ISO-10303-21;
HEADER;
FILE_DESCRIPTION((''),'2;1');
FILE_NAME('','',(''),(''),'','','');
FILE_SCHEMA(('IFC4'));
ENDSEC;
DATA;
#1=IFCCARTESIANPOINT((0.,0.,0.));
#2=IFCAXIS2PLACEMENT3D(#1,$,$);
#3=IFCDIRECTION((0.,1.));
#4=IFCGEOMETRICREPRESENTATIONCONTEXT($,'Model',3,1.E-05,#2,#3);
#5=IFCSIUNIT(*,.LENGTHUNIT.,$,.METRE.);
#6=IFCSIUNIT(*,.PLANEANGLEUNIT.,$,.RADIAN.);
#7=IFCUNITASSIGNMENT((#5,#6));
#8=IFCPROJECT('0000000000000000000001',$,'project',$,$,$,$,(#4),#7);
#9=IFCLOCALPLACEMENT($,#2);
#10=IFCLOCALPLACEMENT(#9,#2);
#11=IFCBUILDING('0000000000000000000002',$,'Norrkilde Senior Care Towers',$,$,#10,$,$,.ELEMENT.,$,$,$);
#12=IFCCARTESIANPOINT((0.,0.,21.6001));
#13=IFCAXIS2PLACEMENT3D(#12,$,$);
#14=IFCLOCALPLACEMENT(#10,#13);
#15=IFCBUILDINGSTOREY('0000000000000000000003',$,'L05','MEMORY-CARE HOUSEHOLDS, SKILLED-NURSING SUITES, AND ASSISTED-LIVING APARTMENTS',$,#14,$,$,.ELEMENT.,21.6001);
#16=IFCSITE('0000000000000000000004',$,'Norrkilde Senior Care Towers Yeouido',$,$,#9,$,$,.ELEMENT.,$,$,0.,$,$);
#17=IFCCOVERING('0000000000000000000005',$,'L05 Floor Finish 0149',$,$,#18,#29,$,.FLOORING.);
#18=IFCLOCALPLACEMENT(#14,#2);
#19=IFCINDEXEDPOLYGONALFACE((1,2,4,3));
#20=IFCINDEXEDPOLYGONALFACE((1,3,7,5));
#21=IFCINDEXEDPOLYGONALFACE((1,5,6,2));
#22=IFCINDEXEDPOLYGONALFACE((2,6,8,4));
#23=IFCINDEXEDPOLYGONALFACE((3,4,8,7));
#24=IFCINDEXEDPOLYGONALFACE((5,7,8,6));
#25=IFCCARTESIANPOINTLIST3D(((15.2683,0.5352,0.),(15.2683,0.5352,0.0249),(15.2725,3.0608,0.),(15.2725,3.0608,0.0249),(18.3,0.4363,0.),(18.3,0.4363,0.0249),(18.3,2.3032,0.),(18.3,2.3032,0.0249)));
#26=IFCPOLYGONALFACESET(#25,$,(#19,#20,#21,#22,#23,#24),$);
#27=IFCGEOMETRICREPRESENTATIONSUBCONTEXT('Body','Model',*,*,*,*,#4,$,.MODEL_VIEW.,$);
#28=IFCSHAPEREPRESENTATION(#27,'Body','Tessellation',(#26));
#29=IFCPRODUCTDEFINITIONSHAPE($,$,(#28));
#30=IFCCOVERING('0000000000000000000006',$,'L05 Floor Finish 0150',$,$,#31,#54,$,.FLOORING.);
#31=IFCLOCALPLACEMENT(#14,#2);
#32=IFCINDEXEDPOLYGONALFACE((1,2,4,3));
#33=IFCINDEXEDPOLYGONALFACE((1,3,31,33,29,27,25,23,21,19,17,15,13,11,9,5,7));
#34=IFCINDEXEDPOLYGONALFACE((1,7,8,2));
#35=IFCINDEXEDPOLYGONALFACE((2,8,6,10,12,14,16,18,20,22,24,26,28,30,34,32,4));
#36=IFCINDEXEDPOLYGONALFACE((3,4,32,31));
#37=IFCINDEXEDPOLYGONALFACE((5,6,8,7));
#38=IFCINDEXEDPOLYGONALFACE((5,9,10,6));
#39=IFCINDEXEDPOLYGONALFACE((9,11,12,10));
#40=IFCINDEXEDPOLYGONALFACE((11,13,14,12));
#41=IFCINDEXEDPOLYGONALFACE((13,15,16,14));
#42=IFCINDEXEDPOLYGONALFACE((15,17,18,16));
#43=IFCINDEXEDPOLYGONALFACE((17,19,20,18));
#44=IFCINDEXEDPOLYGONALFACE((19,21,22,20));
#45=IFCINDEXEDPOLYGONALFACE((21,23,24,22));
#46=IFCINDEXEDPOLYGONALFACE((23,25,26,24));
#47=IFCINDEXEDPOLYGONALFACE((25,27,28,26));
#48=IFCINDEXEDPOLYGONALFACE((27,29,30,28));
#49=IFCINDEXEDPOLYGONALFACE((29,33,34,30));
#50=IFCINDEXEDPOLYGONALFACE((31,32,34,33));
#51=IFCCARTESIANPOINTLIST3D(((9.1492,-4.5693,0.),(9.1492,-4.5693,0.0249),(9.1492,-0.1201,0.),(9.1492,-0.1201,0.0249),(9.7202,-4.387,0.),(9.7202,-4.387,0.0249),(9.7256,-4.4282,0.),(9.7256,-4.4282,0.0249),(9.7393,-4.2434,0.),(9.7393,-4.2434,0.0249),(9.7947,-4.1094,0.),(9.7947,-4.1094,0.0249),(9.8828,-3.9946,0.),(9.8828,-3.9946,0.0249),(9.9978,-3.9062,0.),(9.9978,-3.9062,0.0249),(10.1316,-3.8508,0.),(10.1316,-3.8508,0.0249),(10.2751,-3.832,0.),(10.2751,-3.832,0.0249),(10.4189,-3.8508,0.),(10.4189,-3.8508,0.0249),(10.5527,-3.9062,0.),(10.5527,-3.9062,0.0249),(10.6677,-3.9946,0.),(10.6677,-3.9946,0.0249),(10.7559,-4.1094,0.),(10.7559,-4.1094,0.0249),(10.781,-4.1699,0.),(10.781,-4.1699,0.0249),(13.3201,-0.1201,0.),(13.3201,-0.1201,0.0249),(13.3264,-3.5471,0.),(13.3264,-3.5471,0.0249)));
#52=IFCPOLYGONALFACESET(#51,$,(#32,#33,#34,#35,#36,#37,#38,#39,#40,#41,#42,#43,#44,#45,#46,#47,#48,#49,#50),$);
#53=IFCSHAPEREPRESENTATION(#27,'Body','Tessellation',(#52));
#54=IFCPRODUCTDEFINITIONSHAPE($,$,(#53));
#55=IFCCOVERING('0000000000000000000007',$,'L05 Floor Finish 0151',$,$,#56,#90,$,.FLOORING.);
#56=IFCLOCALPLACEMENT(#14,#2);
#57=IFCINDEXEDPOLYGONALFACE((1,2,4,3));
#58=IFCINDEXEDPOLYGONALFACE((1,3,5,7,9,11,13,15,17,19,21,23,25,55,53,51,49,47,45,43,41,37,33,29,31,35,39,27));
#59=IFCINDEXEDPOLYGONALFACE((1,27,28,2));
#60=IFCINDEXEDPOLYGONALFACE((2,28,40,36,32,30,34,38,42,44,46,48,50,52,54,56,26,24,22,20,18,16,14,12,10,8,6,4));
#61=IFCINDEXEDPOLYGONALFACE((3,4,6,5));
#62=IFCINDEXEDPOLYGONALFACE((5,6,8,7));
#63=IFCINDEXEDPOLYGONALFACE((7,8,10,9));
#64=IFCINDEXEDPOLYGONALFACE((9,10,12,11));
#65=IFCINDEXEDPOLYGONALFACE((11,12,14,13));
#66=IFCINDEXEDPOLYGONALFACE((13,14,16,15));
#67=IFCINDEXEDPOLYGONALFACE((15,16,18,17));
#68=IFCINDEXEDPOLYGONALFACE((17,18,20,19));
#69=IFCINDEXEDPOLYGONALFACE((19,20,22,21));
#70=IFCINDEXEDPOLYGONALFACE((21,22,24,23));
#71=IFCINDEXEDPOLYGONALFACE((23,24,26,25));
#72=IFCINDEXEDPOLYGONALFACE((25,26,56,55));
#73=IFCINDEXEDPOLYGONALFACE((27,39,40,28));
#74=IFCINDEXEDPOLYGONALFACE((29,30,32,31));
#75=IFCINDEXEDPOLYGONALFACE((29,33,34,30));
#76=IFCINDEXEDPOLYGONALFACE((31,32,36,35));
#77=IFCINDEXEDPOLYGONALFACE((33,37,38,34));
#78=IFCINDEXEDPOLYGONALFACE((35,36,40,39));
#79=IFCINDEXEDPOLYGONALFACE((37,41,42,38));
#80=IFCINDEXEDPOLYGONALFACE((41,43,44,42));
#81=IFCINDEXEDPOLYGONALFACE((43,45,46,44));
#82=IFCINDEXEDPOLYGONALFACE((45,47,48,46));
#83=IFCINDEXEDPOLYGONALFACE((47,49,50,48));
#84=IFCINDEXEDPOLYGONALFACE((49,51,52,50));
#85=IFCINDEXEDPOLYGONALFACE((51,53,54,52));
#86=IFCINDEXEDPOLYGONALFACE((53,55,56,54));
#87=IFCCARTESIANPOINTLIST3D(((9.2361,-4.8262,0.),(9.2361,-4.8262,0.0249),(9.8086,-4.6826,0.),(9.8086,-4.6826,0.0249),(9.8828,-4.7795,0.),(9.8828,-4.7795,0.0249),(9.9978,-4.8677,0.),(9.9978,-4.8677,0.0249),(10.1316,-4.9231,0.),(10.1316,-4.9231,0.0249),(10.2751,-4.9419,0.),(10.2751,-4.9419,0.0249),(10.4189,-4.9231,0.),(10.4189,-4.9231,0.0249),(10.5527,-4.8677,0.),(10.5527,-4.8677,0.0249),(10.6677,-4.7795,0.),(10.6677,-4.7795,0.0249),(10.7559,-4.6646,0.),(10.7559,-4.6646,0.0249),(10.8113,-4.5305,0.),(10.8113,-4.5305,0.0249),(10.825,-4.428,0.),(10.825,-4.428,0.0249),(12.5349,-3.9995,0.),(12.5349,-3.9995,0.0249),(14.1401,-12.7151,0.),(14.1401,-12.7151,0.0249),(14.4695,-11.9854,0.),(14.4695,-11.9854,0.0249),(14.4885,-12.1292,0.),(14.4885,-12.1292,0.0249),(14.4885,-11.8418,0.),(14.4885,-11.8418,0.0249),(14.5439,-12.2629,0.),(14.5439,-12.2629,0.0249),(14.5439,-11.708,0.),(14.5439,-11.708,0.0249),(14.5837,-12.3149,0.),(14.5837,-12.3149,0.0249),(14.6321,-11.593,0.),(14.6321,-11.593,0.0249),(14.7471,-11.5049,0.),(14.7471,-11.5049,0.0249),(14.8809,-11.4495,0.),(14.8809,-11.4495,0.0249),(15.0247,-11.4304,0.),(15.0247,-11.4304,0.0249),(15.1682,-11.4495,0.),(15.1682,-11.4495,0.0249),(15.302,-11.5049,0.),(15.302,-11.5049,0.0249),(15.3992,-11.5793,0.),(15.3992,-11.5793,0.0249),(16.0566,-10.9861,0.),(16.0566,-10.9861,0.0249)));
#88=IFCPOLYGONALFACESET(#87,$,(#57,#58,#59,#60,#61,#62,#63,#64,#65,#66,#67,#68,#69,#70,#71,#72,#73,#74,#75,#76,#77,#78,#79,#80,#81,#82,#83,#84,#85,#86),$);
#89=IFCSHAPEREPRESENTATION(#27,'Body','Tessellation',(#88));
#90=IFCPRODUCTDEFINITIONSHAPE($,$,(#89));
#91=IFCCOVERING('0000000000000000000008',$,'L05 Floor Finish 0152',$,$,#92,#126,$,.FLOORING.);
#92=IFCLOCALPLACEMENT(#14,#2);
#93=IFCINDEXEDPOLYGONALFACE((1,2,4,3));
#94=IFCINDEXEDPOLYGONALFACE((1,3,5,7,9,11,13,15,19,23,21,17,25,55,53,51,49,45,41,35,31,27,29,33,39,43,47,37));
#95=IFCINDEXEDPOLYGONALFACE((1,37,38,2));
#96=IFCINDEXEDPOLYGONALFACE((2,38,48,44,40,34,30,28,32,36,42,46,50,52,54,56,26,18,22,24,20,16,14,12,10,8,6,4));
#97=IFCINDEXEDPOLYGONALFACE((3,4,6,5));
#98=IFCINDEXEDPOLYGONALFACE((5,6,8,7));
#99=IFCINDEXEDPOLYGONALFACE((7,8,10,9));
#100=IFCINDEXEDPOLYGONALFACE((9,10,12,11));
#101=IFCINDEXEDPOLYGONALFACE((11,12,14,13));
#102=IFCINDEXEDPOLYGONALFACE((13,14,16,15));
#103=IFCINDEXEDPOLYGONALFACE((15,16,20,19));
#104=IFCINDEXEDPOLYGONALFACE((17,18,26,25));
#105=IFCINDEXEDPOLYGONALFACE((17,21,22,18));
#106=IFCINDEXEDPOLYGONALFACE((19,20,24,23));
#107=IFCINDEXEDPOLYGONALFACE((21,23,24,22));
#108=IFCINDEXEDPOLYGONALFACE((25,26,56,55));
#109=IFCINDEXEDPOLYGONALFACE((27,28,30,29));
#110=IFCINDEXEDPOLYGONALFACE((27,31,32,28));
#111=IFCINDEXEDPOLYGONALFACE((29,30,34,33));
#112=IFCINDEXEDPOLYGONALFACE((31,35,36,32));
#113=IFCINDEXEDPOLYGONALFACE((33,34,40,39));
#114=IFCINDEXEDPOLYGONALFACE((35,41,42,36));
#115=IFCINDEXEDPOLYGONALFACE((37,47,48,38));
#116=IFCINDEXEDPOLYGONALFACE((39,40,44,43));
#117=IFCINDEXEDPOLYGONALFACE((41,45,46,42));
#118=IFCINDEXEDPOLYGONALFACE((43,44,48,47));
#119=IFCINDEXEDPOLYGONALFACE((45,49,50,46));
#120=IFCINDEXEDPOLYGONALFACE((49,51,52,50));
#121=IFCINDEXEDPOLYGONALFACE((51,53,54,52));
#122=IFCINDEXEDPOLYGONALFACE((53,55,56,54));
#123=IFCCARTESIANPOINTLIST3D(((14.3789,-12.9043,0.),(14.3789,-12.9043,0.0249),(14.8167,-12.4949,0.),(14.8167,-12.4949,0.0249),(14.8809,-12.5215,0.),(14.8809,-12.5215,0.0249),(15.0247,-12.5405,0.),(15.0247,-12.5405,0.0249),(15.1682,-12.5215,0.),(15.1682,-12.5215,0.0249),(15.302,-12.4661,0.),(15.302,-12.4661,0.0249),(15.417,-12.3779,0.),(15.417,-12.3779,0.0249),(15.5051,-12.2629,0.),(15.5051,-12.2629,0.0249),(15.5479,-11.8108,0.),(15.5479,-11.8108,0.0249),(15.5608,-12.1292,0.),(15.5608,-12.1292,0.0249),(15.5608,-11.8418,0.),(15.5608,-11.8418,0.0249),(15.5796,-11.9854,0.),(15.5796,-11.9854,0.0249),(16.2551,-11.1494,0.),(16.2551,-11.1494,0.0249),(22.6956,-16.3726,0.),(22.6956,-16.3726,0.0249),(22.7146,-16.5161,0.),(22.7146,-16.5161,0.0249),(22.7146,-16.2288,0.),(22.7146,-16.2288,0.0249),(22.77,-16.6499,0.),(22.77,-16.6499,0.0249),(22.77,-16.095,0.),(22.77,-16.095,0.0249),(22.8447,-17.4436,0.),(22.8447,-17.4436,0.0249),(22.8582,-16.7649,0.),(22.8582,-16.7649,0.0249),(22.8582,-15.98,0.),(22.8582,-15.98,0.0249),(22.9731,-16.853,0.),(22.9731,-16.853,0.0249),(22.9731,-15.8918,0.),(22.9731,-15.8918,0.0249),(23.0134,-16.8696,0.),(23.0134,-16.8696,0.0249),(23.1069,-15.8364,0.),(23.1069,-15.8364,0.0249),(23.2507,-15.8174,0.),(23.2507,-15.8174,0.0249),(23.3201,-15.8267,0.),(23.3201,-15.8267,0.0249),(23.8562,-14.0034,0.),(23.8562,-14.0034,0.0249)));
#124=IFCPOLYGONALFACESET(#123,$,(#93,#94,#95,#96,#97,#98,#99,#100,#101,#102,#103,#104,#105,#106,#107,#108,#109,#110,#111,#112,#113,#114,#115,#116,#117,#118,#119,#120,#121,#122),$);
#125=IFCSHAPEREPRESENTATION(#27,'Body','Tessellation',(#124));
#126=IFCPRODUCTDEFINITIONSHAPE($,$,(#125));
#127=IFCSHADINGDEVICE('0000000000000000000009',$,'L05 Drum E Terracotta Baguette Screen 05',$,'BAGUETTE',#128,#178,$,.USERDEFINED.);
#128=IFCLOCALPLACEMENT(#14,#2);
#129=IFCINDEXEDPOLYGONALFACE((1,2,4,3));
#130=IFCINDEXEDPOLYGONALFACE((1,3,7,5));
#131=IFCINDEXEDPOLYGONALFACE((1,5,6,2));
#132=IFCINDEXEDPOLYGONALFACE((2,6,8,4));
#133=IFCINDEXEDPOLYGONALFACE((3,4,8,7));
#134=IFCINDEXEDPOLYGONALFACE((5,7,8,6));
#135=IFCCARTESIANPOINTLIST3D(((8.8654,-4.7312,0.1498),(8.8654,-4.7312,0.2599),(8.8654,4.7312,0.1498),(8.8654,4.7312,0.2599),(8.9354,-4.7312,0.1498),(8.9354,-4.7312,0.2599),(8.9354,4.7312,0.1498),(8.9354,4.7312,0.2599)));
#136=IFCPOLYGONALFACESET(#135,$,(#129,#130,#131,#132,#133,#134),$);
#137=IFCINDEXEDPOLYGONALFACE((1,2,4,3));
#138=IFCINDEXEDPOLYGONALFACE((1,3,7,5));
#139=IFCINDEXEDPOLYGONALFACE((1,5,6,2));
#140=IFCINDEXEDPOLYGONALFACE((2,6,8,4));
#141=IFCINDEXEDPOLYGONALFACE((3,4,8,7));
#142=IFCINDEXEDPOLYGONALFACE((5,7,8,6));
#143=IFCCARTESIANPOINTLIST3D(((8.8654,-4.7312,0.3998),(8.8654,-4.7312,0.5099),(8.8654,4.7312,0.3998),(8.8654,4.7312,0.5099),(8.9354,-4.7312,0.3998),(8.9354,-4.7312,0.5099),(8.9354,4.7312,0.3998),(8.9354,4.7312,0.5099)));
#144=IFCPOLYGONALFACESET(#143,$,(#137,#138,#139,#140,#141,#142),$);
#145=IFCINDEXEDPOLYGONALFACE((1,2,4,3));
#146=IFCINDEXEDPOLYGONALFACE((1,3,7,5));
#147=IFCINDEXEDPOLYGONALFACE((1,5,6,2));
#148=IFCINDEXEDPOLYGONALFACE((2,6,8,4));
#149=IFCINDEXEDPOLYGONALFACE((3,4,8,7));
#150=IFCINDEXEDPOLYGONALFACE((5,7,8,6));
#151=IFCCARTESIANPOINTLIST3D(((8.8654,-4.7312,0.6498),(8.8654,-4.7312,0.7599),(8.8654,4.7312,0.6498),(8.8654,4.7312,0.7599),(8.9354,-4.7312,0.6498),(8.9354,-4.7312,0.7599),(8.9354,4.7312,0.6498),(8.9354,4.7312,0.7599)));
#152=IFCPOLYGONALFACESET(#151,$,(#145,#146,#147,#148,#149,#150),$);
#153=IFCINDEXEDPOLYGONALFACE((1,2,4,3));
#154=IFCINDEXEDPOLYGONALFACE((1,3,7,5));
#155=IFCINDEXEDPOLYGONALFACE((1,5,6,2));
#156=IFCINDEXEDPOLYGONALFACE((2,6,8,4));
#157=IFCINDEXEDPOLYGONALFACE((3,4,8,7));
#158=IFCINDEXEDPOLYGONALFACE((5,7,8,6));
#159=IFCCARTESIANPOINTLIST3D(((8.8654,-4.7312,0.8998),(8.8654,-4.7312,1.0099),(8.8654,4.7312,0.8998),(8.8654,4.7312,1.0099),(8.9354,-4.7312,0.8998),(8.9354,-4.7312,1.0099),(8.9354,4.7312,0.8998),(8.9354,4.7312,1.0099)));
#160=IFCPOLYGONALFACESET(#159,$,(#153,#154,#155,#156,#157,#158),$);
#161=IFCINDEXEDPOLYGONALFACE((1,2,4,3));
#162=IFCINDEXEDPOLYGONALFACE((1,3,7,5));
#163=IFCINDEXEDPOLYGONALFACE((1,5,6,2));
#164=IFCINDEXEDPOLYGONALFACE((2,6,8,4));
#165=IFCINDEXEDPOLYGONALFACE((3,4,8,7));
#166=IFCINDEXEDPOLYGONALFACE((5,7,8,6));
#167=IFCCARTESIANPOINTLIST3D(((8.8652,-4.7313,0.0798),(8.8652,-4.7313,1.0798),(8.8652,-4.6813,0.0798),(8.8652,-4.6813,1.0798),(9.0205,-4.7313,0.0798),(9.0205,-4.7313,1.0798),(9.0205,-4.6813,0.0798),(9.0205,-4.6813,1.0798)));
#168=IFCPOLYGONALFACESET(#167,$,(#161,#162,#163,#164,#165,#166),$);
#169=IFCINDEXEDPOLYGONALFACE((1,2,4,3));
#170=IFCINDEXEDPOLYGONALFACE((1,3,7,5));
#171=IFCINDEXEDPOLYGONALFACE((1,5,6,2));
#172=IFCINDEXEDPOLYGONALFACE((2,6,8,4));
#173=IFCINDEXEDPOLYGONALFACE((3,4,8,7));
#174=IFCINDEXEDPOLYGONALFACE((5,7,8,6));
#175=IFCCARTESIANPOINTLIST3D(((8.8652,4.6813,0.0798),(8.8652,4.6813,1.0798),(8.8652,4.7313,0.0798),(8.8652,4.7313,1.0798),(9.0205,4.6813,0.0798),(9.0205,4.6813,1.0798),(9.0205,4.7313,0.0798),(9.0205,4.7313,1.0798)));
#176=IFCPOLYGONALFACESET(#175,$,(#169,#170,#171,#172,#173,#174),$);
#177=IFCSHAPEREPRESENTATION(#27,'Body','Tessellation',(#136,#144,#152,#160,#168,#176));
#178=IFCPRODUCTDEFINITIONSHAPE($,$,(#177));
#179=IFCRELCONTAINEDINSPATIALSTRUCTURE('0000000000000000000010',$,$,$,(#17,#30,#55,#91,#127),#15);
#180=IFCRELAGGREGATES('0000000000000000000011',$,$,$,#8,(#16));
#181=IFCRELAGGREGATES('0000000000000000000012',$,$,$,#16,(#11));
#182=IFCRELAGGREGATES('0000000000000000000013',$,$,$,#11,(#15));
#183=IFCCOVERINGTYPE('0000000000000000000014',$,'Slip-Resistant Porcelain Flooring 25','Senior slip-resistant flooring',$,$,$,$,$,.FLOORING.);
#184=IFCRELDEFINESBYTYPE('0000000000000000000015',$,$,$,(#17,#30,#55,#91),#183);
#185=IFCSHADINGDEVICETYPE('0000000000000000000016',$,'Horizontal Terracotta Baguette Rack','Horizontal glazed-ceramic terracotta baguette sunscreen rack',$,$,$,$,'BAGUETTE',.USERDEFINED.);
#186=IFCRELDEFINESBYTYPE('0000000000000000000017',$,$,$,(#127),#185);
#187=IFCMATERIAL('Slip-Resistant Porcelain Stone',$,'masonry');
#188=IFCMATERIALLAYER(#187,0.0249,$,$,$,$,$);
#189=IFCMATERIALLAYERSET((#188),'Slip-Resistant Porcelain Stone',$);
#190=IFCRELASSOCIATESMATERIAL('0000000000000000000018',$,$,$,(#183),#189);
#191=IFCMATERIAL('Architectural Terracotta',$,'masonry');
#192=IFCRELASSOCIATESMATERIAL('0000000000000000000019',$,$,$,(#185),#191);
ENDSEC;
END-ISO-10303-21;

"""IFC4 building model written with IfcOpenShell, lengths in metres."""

from ifc_helpers import new_model, si_unit, direction, frame, origin, origin_2d, place, context, subcontext, project, spatial, polyline, rectangle, outline, extrude, source, transform, mapped, material, layer, layer_set, type_object, type_shapes, element, save


model = new_model("IFC4")

# Units and contexts
model_context = context("Model", 3, precision=1e-05, world=origin(), true_north=direction((0.0, 1.0)))
body_context = subcontext(model_context, "Body", "Model", "MODEL_VIEW")
ifc_project = project(units=[si_unit("LENGTHUNIT", "METRE"), si_unit("PLANEANGLEUNIT", "RADIAN")], contexts=[model_context])

# Site, building, storey
site_placement = place(None, origin())
site = spatial("IfcSite", under=ifc_project, at=site_placement, Name="Norrkilde Senior Care Towers Yeouido", CompositionType="ELEMENT", RefElevation=0.0)
building_placement = place(site_placement, origin())
building = spatial("IfcBuilding", under=site, at=building_placement, Name="Norrkilde Senior Care Towers", CompositionType="ELEMENT")
storey_placement = place(building_placement, frame((0.0, 0.0, 21.6001)))
storey = spatial("IfcBuildingStorey", under=building, at=storey_placement, Name="L05", Description="MEMORY-CARE HOUSEHOLDS, SKILLED-NURSING SUITES, AND ASSISTED-LIVING APARTMENTS", CompositionType="ELEMENT", Elevation=21.6001)

# Coverings
ifc_material_1 = material(Name="Slip-Resistant Porcelain Stone", Category="masonry")
ifc_layer_1 = layer(ifc_material_1, 0.0249)
ifc_layer_set_1 = layer_set([ifc_layer_1], Name="Slip-Resistant Porcelain Stone")
covering_type_1 = type_object("IfcCoveringType", Name="Slip-Resistant Porcelain Flooring 25", Description="Senior slip-resistant flooring", PredefinedType="FLOORING", material=ifc_layer_set_1)
covering_1_placement = place(storey_placement, origin())
element("IfcCovering", 1, at=covering_1_placement, inside=storey, type_object=covering_type_1, Name="L05 Floor Finish 0149", PredefinedType="FLOORING", context=body_context, shape_type="SweptSolid", body=[
    extrude(outline(polyline([(15.2725, 3.0608), (18.3, 2.3032), (18.3, 0.4363), (15.2683, 0.5352), (15.2725, 3.0608)])), origin(), (0.0, 0.0, 1.0), 0.0249),
])
covering_2_placement = place(storey_placement, origin())
element("IfcCovering", 2, at=covering_2_placement, inside=storey, type_object=covering_type_1, Name="L05 Floor Finish 0150", PredefinedType="FLOORING", context=body_context, shape_type="SweptSolid", body=[
    extrude(outline(polyline([(13.3201, -0.1201), (13.3264, -3.5471), (10.781, -4.1699), (10.7559, -4.1094), (10.6677, -3.9946), (10.5527, -3.9062), (10.4189, -3.8508), (10.2751, -3.832), (10.1316, -3.8508), (9.9978, -3.9062), (9.8828, -3.9946), (9.7947, -4.1094), (9.7393, -4.2434), (9.7202, -4.387), (9.7256, -4.4282), (9.1492, -4.5693), (9.1492, -0.1201), (13.3201, -0.1201)])), origin(), (0.0, 0.0, 1.0), 0.0249),
])
covering_3_placement = place(storey_placement, origin())
element("IfcCovering", 3, at=covering_3_placement, inside=storey, type_object=covering_type_1, Name="L05 Floor Finish 0151", PredefinedType="FLOORING", context=body_context, shape_type="SweptSolid", body=[
    extrude(outline(polyline([(9.8828, -4.7795), (9.9978, -4.8677), (10.1316, -4.9231), (10.2751, -4.9419), (10.4189, -4.9231), (10.5527, -4.8677), (10.6677, -4.7795), (10.7559, -4.6646), (10.8113, -4.5305), (10.825, -4.428), (12.5349, -3.9995), (16.0566, -10.9861), (15.3992, -11.5793), (15.302, -11.5049), (15.1682, -11.4495), (15.0247, -11.4304), (14.8809, -11.4495), (14.7471, -11.5049), (14.6321, -11.593), (14.5439, -11.708), (14.4885, -11.8418), (14.4695, -11.9854), (14.4885, -12.1292), (14.5439, -12.2629), (14.5837, -12.3149), (14.1401, -12.7151), (9.2361, -4.8262), (9.8086, -4.6826), (9.8828, -4.7795)])), origin(), (0.0, 0.0, 1.0), 0.0249),
])
covering_4_placement = place(storey_placement, origin())
element("IfcCovering", 4, at=covering_4_placement, inside=storey, type_object=covering_type_1, Name="L05 Floor Finish 0152", PredefinedType="FLOORING", context=body_context, shape_type="SweptSolid", body=[
    extrude(outline(polyline([(14.8809, -12.5215), (15.0247, -12.5405), (15.1682, -12.5215), (15.302, -12.4661), (15.417, -12.3779), (15.5051, -12.2629), (15.5608, -12.1292), (15.5796, -11.9854), (15.5608, -11.8418), (15.5479, -11.8108), (16.2551, -11.1494), (23.8562, -14.0034), (23.3201, -15.8267), (23.2507, -15.8174), (23.1069, -15.8364), (22.9731, -15.8918), (22.8582, -15.98), (22.77, -16.095), (22.7146, -16.2288), (22.6956, -16.3726), (22.7146, -16.5161), (22.77, -16.6499), (22.8582, -16.7649), (22.9731, -16.853), (23.0134, -16.8696), (22.8447, -17.4436), (14.3789, -12.9043), (14.8167, -12.4949), (14.8809, -12.5215)])), origin(), (0.0, 0.0, 1.0), 0.0249),
])

# Shading device
ifc_material_2 = material(Name="Architectural Terracotta", Category="masonry")
shading_device_type = type_object("IfcShadingDeviceType", Name="Horizontal Terracotta Baguette Rack", Description="Horizontal glazed-ceramic terracotta baguette sunscreen rack", ElementType="BAGUETTE", PredefinedType="USERDEFINED", material=ifc_material_2)
shared_shape_1 = source(origin(), body_context, "Body", "SweptSolid", [
    extrude(rectangle(XDim=0.0701, YDim=0.1101, at=origin_2d()), frame((0.0, 0.0901, 0.125), z_axis=(1.0, 0.0, 0.0), x_axis=(0.0, 1.0, 0.0)), (0.0, 0.0, 1.0), 9.4624),
    extrude(rectangle(XDim=0.0701, YDim=0.1101, at=origin_2d()), frame((0.0, 0.0901, 0.375), z_axis=(1.0, 0.0, 0.0), x_axis=(0.0, 1.0, 0.0)), (0.0, 0.0, 1.0), 9.4624),
    extrude(rectangle(XDim=0.0701, YDim=0.1101, at=origin_2d()), frame((0.0, 0.0901, 0.625), z_axis=(1.0, 0.0, 0.0), x_axis=(0.0, 1.0, 0.0)), (0.0, 0.0, 1.0), 9.4624),
    extrude(rectangle(XDim=0.0701, YDim=0.1101, at=origin_2d()), frame((0.0, 0.0901, 0.875), z_axis=(1.0, 0.0, 0.0), x_axis=(0.0, 1.0, 0.0)), (0.0, 0.0, 1.0), 9.4624),
    extrude(rectangle(XDim=0.05, YDim=0.1553, at=origin_2d()), frame((0.0249, 0.0476, 0.0)), (0.0, 0.0, 1.0), 1.0),
    extrude(rectangle(XDim=0.05, YDim=0.1553, at=origin_2d()), frame((9.4375, 0.0476, 0.0)), (0.0, 0.0, 1.0), 1.0),
])
type_shapes(shading_device_type, [shared_shape_1])
shading_device_placement = place(storey_placement, frame((8.9905, -4.7312, 0.0798), z_axis=(0.0, 0.0, 1.0), x_axis=(0.0, 1.0, 0.0)))
element("IfcShadingDevice", 5, at=shading_device_placement, inside=storey, type_object=shading_device_type, Name="L05 Drum E Terracotta Baguette Screen 05", ObjectType="BAGUETTE", PredefinedType="USERDEFINED", context=body_context, shape_type="MappedRepresentation", body=[
    mapped(shared_shape_1, transform((0.0, 0.0, 0.0), x_axis=(1.0, 0.0, 0.0), y_axis=(0.0, 1.0, 0.0), z_axis=(0.0, 0.0, 1.0), scale=1.0)),
])

save(model, "model.ifc")
